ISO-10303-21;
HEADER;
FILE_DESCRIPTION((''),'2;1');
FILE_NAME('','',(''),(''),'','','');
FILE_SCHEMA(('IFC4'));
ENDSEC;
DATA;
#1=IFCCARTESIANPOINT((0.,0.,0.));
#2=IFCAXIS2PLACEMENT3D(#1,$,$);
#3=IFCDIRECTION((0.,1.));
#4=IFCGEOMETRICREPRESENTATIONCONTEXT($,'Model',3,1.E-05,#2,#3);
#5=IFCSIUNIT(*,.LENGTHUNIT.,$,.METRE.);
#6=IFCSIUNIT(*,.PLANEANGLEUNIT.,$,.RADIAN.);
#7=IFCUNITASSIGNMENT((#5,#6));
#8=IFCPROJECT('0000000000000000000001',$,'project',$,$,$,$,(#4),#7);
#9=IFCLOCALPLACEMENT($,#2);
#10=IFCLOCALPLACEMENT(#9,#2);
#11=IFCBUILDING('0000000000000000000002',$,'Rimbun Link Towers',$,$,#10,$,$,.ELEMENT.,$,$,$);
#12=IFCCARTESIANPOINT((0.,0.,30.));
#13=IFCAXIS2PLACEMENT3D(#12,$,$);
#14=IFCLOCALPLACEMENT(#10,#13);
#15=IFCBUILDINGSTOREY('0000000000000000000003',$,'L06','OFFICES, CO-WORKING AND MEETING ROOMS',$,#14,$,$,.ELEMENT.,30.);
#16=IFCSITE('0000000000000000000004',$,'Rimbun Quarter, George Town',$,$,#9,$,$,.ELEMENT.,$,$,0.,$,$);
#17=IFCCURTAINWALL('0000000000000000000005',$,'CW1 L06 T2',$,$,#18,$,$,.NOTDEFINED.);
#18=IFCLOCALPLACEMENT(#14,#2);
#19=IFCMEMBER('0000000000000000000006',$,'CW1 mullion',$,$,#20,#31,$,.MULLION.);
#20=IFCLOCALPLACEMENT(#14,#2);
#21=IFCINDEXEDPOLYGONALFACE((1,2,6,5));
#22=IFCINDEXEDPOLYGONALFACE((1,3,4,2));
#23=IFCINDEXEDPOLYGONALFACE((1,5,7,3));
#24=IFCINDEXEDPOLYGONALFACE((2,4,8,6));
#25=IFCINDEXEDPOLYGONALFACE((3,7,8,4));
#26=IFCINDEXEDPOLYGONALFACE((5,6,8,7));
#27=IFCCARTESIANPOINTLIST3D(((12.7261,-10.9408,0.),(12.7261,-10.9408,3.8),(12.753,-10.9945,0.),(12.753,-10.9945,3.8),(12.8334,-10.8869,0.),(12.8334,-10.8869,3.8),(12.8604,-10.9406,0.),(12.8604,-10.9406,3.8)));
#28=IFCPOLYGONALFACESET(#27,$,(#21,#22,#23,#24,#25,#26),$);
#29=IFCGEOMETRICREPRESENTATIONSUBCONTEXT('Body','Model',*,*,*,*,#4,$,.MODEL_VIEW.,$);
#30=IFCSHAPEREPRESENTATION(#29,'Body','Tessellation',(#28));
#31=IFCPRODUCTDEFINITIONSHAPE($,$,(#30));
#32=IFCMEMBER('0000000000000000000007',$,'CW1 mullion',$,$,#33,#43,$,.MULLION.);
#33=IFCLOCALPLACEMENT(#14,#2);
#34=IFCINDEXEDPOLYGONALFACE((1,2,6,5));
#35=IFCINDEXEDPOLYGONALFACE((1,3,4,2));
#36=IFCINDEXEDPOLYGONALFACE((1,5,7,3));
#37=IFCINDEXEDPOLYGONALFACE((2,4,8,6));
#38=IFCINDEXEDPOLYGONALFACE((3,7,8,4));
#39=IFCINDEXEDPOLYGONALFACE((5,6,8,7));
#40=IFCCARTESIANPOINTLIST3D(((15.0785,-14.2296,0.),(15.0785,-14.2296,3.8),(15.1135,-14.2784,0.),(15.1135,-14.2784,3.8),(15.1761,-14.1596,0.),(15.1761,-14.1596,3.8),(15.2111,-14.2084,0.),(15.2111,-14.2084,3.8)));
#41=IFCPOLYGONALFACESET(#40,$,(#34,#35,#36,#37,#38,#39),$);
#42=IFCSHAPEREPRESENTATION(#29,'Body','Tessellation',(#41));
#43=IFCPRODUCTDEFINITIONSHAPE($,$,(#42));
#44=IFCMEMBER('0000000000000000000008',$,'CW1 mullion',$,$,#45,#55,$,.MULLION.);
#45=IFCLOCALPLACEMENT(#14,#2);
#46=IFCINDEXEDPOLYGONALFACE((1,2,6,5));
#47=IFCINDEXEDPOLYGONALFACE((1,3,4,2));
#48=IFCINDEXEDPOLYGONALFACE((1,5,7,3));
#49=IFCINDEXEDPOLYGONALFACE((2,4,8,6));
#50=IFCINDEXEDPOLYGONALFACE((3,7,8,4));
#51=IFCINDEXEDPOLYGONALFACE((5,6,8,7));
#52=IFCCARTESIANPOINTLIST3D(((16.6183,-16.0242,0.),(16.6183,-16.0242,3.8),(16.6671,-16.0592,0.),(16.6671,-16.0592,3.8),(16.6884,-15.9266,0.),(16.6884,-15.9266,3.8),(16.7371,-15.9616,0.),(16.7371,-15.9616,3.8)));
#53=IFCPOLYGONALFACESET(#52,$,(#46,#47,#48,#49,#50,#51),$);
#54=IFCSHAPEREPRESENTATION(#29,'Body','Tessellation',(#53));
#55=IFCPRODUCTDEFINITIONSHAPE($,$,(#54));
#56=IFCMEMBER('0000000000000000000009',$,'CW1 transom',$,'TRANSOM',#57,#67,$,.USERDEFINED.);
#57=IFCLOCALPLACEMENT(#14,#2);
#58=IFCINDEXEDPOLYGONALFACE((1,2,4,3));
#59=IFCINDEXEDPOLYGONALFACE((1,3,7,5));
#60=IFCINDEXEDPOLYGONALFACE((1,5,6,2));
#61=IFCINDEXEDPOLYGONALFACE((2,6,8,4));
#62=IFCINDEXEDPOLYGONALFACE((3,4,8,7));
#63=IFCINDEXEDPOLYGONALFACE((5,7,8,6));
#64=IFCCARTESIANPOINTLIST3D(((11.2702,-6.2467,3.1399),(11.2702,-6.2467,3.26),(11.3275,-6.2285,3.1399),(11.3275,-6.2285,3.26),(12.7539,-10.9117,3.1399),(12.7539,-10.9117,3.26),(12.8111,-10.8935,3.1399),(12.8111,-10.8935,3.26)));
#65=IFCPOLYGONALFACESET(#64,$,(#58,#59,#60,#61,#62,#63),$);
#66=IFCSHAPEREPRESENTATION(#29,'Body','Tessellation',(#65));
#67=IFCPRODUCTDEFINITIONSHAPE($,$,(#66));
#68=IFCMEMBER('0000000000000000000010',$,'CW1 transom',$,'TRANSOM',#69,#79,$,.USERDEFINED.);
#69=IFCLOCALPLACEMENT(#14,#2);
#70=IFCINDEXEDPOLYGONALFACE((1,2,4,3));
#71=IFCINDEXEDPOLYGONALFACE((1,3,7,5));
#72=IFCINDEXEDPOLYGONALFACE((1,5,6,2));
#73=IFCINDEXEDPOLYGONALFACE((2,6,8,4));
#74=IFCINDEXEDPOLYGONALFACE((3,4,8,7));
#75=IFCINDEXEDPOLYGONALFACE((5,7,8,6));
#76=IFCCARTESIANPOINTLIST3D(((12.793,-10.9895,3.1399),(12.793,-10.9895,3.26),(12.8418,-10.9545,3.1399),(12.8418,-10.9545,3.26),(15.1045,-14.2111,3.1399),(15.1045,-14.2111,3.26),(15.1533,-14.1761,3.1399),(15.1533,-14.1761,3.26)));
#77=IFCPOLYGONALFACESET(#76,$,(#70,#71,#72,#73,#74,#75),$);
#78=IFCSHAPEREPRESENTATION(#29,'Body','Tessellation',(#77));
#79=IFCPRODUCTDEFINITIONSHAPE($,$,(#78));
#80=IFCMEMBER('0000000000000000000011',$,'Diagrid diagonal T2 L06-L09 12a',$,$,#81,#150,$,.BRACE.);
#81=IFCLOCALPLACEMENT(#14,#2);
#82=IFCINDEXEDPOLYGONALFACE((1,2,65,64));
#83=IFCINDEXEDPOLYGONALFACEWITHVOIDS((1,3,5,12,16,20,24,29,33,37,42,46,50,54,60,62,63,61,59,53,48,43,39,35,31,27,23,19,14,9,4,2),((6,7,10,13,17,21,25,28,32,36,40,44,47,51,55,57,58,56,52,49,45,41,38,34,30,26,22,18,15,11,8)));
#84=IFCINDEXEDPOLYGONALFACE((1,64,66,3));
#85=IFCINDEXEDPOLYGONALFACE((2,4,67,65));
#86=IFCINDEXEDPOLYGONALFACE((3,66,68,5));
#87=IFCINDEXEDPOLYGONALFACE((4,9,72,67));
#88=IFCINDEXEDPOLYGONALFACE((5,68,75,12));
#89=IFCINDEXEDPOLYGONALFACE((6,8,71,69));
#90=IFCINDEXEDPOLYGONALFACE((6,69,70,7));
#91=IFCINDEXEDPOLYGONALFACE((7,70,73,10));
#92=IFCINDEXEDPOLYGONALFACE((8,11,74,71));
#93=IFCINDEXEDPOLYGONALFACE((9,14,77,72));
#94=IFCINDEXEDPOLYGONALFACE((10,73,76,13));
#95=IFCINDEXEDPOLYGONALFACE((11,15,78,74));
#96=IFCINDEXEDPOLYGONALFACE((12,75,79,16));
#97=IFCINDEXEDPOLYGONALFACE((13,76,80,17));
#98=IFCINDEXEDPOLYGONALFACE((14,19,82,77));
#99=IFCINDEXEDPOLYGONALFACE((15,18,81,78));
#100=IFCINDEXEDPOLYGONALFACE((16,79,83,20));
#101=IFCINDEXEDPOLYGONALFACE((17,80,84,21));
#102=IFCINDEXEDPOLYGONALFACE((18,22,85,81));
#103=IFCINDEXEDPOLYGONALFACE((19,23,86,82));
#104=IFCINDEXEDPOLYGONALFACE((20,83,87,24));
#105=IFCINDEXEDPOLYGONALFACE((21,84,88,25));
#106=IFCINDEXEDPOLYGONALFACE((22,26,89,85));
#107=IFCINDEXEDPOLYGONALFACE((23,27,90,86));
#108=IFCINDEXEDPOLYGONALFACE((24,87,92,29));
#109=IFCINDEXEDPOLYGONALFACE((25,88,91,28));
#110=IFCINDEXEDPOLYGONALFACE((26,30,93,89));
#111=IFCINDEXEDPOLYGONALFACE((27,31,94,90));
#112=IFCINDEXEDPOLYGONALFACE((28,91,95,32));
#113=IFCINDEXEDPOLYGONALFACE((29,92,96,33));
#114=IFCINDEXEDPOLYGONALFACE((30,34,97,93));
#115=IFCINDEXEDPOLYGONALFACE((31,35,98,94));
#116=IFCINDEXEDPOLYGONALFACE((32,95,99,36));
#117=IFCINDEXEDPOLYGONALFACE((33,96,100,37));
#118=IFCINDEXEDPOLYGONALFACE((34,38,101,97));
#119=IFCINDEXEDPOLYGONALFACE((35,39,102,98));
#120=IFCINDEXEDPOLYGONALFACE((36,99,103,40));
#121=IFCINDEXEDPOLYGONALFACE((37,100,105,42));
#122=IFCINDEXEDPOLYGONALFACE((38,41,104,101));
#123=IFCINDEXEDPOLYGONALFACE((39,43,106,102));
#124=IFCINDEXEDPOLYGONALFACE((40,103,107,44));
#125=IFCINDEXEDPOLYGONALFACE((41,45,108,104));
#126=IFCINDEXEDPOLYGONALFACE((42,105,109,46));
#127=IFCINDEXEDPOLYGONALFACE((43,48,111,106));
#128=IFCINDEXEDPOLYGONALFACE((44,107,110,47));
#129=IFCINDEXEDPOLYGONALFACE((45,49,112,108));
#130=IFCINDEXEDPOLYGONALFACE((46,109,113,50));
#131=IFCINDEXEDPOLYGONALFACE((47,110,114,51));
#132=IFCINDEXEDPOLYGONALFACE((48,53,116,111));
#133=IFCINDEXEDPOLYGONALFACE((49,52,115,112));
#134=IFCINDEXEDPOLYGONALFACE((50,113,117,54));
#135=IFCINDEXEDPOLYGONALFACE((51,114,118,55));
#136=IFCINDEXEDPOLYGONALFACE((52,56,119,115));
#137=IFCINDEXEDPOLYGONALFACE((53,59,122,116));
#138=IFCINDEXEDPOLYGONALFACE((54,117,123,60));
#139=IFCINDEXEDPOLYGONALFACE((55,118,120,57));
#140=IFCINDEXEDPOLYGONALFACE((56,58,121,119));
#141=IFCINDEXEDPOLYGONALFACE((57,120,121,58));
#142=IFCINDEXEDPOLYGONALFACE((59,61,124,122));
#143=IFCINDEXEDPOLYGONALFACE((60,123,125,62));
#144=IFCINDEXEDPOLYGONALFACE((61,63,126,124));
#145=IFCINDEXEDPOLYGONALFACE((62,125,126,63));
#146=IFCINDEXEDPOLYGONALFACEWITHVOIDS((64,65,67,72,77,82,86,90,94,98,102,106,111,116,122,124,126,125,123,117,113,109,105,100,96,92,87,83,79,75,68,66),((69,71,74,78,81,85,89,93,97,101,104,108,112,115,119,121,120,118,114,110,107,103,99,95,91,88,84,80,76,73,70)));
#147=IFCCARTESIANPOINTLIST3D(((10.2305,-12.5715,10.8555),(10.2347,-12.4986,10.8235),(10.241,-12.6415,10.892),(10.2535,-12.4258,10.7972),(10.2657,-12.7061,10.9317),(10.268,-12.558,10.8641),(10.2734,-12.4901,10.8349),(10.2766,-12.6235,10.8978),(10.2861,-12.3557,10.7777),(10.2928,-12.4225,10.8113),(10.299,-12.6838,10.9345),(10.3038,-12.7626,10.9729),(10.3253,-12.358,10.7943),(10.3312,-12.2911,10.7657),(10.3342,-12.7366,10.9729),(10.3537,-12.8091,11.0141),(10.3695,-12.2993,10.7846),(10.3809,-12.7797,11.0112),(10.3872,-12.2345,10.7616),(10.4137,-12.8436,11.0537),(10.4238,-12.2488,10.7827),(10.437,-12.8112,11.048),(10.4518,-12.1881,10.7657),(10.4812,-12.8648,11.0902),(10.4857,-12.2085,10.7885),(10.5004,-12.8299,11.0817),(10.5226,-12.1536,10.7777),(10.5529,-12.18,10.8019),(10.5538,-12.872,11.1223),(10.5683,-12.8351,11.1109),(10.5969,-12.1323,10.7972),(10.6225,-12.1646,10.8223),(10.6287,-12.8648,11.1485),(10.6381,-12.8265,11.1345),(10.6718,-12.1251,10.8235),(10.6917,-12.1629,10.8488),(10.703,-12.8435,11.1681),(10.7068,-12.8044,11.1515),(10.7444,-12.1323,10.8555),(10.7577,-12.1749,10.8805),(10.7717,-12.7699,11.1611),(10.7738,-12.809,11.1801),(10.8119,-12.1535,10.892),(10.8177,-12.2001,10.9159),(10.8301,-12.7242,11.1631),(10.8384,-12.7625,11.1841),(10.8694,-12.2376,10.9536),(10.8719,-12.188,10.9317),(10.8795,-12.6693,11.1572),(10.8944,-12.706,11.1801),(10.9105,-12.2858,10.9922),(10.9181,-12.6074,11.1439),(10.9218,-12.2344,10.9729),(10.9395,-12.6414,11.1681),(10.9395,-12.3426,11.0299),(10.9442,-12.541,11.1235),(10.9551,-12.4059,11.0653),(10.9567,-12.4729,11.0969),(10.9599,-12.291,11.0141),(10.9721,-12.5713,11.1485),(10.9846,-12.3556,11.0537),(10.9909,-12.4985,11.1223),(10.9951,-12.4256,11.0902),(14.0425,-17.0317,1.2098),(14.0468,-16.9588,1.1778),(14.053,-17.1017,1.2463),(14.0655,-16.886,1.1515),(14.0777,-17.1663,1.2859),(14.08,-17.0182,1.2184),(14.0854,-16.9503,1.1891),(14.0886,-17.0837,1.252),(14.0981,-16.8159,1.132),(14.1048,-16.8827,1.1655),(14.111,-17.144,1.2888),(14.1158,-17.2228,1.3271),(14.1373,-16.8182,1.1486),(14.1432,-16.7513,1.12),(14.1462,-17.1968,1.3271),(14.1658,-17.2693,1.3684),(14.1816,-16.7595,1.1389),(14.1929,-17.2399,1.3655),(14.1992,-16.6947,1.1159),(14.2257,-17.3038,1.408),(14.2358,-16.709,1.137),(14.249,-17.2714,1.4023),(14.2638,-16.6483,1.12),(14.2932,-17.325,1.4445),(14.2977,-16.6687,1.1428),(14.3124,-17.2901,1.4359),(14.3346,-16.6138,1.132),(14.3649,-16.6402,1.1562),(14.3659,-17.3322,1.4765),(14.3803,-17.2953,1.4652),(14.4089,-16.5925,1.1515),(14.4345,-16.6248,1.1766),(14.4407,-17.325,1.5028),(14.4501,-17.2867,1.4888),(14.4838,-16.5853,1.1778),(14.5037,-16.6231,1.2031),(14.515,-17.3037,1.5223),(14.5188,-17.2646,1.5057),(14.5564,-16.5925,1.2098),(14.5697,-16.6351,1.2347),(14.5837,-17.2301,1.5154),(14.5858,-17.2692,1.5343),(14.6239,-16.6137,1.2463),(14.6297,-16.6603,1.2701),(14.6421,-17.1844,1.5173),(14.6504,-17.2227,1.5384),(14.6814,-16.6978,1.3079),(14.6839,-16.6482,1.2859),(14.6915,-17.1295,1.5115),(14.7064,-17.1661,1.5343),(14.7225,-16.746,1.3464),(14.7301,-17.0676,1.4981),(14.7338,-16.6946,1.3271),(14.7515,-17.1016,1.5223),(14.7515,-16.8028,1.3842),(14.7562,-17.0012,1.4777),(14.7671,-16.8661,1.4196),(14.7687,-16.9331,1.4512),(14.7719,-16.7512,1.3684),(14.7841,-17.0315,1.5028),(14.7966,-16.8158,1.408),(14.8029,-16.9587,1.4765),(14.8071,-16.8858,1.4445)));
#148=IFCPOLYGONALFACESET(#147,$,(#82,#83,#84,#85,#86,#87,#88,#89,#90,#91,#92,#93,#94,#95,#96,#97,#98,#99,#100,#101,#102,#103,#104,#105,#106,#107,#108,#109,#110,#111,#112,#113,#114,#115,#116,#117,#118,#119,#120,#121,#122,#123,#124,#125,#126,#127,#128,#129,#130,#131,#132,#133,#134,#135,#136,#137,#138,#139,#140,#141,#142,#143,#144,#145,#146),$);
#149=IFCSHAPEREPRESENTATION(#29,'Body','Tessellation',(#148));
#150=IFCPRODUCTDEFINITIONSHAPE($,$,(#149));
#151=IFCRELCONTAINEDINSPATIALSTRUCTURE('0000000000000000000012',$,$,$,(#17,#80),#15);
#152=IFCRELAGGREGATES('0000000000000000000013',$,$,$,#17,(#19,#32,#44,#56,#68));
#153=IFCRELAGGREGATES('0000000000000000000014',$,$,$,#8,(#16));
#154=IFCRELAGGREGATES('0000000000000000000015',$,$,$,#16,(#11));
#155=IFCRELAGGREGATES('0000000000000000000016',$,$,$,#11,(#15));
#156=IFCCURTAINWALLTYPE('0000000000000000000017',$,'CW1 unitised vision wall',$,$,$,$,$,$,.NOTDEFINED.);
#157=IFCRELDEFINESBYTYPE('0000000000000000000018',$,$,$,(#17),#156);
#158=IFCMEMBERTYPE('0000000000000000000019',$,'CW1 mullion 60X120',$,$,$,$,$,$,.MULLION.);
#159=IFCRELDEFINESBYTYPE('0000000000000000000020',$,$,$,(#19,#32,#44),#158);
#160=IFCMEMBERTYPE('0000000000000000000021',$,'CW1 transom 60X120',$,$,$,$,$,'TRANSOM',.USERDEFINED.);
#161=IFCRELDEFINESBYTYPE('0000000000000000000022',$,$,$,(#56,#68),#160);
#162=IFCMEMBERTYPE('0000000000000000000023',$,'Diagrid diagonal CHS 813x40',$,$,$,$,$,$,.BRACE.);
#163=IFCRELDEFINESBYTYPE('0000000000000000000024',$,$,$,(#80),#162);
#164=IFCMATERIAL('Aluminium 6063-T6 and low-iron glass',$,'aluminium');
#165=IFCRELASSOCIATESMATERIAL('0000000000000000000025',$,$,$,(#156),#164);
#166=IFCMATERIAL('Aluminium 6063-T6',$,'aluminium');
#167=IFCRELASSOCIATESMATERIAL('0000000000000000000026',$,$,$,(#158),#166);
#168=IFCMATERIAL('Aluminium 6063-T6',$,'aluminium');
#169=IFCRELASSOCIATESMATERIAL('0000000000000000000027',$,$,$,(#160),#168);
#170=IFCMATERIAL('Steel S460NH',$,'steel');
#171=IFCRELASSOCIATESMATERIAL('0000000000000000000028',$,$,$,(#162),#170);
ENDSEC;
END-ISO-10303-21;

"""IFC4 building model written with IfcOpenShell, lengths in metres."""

from ifc_helpers import new_model, si_unit, direction, frame, origin, origin_2d, place, context, subcontext, project, spatial, rectangle, hollow_circle, extrude, material, material_profile, profile_set, type_object, element, aggregate, save


model = new_model("IFC4")

# Units and contexts
model_context = context("Model", 3, precision=1e-05, world=origin(), true_north=direction((0.0, 1.0)))
body_context = subcontext(model_context, "Body", "Model", "MODEL_VIEW")
ifc_project = project(units=[si_unit("LENGTHUNIT", "METRE"), si_unit("PLANEANGLEUNIT", "RADIAN")], contexts=[model_context])

# Site, building, storey
site_placement = place(None, origin())
site = spatial("IfcSite", under=ifc_project, at=site_placement, Name="Rimbun Quarter, George Town", CompositionType="ELEMENT", RefElevation=0.0)
building_placement = place(site_placement, origin())
building = spatial("IfcBuilding", under=site, at=building_placement, Name="Rimbun Link Towers", CompositionType="ELEMENT")
storey_placement = place(building_placement, frame((0.0, 0.0, 30.0)))
storey = spatial("IfcBuildingStorey", under=building, at=storey_placement, Name="L06", Description="OFFICES, CO-WORKING AND MEETING ROOMS", CompositionType="ELEMENT", Elevation=30.0)

# Curtain wall, members
ifc_material_1 = material(Name="Aluminium 6063-T6 and low-iron glass", Category="aluminium")
curtain_wall_type = type_object("IfcCurtainWallType", Name="CW1 unitised vision wall", PredefinedType="NOTDEFINED", material=ifc_material_1)
curtain_wall_placement = place(storey_placement, origin())
curtain_wall = element("IfcCurtainWall", 1, at=curtain_wall_placement, inside=storey, type_object=curtain_wall_type, Name="CW1 L06 T2", PredefinedType="NOTDEFINED")
ifc_material_2 = material(Name="Aluminium 6063-T6", Category="aluminium")
ifc_material_profile_1 = material_profile(ifc_material_2, rectangle(XDim=0.1201, YDim=0.0601, at=origin_2d()), Name="MULLION 60X120")
ifc_profile_set_1 = profile_set([ifc_material_profile_1], Name="Aluminium 6063-T6")
member_type_1 = type_object("IfcMemberType", Name="CW1 mullion 60X120", PredefinedType="MULLION", material=ifc_profile_set_1)
member_1_placement = place(storey_placement, frame((12.7932, -10.9407, 0.0), z_axis=(0.0, 0.0, 1.0), x_axis=(-0.893747, -0.44857, 0.0)))
member_1 = element("IfcMember", 2, at=member_1_placement, type_object=member_type_1, Name="CW1 mullion", PredefinedType="MULLION", context=body_context, shape_type="SweptSolid", body=[
    extrude(rectangle(XDim=0.1201, YDim=0.0601, at=origin_2d()), origin(), (0.0, 0.0, 1.0), 3.8),
])
member_2_placement = place(storey_placement, frame((15.1448, -14.219, 0.0), z_axis=(0.0, 0.0, 1.0), x_axis=(-0.812474, -0.582998, 0.0)))
member_2 = element("IfcMember", 3, at=member_2_placement, type_object=member_type_1, Name="CW1 mullion", PredefinedType="MULLION", context=body_context, shape_type="SweptSolid", body=[
    extrude(rectangle(XDim=0.1201, YDim=0.0601, at=origin_2d()), origin(), (0.0, 0.0, 1.0), 3.8),
])
member_3_placement = place(storey_placement, frame((16.6777, -15.9929, 0.0), z_axis=(0.0, 0.0, 1.0), x_axis=(-0.582998, -0.812474, 0.0)))
member_3 = element("IfcMember", 4, at=member_3_placement, type_object=member_type_1, Name="CW1 mullion", PredefinedType="MULLION", context=body_context, shape_type="SweptSolid", body=[
    extrude(rectangle(XDim=0.1201, YDim=0.0601, at=origin_2d()), origin(), (0.0, 0.0, 1.0), 3.8),
])
ifc_material_3 = material(Name="Aluminium 6063-T6", Category="aluminium")
ifc_material_profile_2 = material_profile(ifc_material_3, rectangle(XDim=0.0601, YDim=0.1201, at=origin_2d()), Name="TRANSOM 60X120")
ifc_profile_set_2 = profile_set([ifc_material_profile_2], Name="Aluminium 6063-T6")
member_type_2 = type_object("IfcMemberType", Name="CW1 transom 60X120", ElementType="TRANSOM", PredefinedType="USERDEFINED", material=ifc_profile_set_2)
member_4_placement = place(storey_placement, frame((12.7825, -10.9026, 3.2), z_axis=(-0.303076, 0.952966, 0.0), x_axis=(-0.952966, -0.303076, 0.0)))
member_4 = element("IfcMember", 5, at=member_4_placement, type_object=member_type_2, Name="CW1 transom", ObjectType="TRANSOM", PredefinedType="USERDEFINED", context=body_context, shape_type="SweptSolid", body=[
    extrude(rectangle(XDim=0.0601, YDim=0.1201, at=origin_2d()), origin(), (0.0, 0.0, 1.0), 4.8953),
])
member_5_placement = place(storey_placement, frame((15.1289, -14.1936, 3.2), z_axis=(-0.582961, 0.8125, 0.0), x_axis=(-0.8125, -0.582961, 0.0)))
member_5 = element("IfcMember", 6, at=member_5_placement, type_object=member_type_2, Name="CW1 transom", ObjectType="TRANSOM", PredefinedType="USERDEFINED", context=body_context, shape_type="SweptSolid", body=[
    extrude(rectangle(XDim=0.0601, YDim=0.1201, at=origin_2d()), origin(), (0.0, 0.0, 1.0), 3.9651),
])

# Member
ifc_material_4 = material(Name="Steel S460NH", Category="steel")
ifc_material_profile_3 = material_profile(ifc_material_4, hollow_circle(Radius=0.4065, WallThickness=0.04, at=origin_2d()), Name="Diagrid diagonal CHS 813x40")
ifc_profile_set_3 = profile_set([ifc_material_profile_3], Name="Steel S460NH")
member_type_3 = type_object("IfcMemberType", Name="Diagrid diagonal CHS 813x40", PredefinedType="BRACE", material=ifc_profile_set_3)
for number, where, z_axis, x_axis, name in (
    (7, (14.4248, -16.9587, 1.3271), (-0.337643, 0.395056, 0.854358), (-0.760184, -0.649708, 0.0), "Diagrid diagonal T2 L06-L09 12a"),
):
    element("IfcMember", number, at=place(storey_placement, frame(where, z_axis=z_axis, x_axis=x_axis)), inside=storey, type_object=member_type_3, Name=name, PredefinedType="BRACE", context=body_context, shape_type="SweptSolid", body=[
        extrude(hollow_circle(Radius=0.4065, WallThickness=0.04, at=origin_2d()), origin(), (0.0, 0.0, 1.0), 11.29),
    ])

aggregate(curtain_wall, [member_1, member_2, member_3, member_4, member_5])

save(model, "model.ifc")
